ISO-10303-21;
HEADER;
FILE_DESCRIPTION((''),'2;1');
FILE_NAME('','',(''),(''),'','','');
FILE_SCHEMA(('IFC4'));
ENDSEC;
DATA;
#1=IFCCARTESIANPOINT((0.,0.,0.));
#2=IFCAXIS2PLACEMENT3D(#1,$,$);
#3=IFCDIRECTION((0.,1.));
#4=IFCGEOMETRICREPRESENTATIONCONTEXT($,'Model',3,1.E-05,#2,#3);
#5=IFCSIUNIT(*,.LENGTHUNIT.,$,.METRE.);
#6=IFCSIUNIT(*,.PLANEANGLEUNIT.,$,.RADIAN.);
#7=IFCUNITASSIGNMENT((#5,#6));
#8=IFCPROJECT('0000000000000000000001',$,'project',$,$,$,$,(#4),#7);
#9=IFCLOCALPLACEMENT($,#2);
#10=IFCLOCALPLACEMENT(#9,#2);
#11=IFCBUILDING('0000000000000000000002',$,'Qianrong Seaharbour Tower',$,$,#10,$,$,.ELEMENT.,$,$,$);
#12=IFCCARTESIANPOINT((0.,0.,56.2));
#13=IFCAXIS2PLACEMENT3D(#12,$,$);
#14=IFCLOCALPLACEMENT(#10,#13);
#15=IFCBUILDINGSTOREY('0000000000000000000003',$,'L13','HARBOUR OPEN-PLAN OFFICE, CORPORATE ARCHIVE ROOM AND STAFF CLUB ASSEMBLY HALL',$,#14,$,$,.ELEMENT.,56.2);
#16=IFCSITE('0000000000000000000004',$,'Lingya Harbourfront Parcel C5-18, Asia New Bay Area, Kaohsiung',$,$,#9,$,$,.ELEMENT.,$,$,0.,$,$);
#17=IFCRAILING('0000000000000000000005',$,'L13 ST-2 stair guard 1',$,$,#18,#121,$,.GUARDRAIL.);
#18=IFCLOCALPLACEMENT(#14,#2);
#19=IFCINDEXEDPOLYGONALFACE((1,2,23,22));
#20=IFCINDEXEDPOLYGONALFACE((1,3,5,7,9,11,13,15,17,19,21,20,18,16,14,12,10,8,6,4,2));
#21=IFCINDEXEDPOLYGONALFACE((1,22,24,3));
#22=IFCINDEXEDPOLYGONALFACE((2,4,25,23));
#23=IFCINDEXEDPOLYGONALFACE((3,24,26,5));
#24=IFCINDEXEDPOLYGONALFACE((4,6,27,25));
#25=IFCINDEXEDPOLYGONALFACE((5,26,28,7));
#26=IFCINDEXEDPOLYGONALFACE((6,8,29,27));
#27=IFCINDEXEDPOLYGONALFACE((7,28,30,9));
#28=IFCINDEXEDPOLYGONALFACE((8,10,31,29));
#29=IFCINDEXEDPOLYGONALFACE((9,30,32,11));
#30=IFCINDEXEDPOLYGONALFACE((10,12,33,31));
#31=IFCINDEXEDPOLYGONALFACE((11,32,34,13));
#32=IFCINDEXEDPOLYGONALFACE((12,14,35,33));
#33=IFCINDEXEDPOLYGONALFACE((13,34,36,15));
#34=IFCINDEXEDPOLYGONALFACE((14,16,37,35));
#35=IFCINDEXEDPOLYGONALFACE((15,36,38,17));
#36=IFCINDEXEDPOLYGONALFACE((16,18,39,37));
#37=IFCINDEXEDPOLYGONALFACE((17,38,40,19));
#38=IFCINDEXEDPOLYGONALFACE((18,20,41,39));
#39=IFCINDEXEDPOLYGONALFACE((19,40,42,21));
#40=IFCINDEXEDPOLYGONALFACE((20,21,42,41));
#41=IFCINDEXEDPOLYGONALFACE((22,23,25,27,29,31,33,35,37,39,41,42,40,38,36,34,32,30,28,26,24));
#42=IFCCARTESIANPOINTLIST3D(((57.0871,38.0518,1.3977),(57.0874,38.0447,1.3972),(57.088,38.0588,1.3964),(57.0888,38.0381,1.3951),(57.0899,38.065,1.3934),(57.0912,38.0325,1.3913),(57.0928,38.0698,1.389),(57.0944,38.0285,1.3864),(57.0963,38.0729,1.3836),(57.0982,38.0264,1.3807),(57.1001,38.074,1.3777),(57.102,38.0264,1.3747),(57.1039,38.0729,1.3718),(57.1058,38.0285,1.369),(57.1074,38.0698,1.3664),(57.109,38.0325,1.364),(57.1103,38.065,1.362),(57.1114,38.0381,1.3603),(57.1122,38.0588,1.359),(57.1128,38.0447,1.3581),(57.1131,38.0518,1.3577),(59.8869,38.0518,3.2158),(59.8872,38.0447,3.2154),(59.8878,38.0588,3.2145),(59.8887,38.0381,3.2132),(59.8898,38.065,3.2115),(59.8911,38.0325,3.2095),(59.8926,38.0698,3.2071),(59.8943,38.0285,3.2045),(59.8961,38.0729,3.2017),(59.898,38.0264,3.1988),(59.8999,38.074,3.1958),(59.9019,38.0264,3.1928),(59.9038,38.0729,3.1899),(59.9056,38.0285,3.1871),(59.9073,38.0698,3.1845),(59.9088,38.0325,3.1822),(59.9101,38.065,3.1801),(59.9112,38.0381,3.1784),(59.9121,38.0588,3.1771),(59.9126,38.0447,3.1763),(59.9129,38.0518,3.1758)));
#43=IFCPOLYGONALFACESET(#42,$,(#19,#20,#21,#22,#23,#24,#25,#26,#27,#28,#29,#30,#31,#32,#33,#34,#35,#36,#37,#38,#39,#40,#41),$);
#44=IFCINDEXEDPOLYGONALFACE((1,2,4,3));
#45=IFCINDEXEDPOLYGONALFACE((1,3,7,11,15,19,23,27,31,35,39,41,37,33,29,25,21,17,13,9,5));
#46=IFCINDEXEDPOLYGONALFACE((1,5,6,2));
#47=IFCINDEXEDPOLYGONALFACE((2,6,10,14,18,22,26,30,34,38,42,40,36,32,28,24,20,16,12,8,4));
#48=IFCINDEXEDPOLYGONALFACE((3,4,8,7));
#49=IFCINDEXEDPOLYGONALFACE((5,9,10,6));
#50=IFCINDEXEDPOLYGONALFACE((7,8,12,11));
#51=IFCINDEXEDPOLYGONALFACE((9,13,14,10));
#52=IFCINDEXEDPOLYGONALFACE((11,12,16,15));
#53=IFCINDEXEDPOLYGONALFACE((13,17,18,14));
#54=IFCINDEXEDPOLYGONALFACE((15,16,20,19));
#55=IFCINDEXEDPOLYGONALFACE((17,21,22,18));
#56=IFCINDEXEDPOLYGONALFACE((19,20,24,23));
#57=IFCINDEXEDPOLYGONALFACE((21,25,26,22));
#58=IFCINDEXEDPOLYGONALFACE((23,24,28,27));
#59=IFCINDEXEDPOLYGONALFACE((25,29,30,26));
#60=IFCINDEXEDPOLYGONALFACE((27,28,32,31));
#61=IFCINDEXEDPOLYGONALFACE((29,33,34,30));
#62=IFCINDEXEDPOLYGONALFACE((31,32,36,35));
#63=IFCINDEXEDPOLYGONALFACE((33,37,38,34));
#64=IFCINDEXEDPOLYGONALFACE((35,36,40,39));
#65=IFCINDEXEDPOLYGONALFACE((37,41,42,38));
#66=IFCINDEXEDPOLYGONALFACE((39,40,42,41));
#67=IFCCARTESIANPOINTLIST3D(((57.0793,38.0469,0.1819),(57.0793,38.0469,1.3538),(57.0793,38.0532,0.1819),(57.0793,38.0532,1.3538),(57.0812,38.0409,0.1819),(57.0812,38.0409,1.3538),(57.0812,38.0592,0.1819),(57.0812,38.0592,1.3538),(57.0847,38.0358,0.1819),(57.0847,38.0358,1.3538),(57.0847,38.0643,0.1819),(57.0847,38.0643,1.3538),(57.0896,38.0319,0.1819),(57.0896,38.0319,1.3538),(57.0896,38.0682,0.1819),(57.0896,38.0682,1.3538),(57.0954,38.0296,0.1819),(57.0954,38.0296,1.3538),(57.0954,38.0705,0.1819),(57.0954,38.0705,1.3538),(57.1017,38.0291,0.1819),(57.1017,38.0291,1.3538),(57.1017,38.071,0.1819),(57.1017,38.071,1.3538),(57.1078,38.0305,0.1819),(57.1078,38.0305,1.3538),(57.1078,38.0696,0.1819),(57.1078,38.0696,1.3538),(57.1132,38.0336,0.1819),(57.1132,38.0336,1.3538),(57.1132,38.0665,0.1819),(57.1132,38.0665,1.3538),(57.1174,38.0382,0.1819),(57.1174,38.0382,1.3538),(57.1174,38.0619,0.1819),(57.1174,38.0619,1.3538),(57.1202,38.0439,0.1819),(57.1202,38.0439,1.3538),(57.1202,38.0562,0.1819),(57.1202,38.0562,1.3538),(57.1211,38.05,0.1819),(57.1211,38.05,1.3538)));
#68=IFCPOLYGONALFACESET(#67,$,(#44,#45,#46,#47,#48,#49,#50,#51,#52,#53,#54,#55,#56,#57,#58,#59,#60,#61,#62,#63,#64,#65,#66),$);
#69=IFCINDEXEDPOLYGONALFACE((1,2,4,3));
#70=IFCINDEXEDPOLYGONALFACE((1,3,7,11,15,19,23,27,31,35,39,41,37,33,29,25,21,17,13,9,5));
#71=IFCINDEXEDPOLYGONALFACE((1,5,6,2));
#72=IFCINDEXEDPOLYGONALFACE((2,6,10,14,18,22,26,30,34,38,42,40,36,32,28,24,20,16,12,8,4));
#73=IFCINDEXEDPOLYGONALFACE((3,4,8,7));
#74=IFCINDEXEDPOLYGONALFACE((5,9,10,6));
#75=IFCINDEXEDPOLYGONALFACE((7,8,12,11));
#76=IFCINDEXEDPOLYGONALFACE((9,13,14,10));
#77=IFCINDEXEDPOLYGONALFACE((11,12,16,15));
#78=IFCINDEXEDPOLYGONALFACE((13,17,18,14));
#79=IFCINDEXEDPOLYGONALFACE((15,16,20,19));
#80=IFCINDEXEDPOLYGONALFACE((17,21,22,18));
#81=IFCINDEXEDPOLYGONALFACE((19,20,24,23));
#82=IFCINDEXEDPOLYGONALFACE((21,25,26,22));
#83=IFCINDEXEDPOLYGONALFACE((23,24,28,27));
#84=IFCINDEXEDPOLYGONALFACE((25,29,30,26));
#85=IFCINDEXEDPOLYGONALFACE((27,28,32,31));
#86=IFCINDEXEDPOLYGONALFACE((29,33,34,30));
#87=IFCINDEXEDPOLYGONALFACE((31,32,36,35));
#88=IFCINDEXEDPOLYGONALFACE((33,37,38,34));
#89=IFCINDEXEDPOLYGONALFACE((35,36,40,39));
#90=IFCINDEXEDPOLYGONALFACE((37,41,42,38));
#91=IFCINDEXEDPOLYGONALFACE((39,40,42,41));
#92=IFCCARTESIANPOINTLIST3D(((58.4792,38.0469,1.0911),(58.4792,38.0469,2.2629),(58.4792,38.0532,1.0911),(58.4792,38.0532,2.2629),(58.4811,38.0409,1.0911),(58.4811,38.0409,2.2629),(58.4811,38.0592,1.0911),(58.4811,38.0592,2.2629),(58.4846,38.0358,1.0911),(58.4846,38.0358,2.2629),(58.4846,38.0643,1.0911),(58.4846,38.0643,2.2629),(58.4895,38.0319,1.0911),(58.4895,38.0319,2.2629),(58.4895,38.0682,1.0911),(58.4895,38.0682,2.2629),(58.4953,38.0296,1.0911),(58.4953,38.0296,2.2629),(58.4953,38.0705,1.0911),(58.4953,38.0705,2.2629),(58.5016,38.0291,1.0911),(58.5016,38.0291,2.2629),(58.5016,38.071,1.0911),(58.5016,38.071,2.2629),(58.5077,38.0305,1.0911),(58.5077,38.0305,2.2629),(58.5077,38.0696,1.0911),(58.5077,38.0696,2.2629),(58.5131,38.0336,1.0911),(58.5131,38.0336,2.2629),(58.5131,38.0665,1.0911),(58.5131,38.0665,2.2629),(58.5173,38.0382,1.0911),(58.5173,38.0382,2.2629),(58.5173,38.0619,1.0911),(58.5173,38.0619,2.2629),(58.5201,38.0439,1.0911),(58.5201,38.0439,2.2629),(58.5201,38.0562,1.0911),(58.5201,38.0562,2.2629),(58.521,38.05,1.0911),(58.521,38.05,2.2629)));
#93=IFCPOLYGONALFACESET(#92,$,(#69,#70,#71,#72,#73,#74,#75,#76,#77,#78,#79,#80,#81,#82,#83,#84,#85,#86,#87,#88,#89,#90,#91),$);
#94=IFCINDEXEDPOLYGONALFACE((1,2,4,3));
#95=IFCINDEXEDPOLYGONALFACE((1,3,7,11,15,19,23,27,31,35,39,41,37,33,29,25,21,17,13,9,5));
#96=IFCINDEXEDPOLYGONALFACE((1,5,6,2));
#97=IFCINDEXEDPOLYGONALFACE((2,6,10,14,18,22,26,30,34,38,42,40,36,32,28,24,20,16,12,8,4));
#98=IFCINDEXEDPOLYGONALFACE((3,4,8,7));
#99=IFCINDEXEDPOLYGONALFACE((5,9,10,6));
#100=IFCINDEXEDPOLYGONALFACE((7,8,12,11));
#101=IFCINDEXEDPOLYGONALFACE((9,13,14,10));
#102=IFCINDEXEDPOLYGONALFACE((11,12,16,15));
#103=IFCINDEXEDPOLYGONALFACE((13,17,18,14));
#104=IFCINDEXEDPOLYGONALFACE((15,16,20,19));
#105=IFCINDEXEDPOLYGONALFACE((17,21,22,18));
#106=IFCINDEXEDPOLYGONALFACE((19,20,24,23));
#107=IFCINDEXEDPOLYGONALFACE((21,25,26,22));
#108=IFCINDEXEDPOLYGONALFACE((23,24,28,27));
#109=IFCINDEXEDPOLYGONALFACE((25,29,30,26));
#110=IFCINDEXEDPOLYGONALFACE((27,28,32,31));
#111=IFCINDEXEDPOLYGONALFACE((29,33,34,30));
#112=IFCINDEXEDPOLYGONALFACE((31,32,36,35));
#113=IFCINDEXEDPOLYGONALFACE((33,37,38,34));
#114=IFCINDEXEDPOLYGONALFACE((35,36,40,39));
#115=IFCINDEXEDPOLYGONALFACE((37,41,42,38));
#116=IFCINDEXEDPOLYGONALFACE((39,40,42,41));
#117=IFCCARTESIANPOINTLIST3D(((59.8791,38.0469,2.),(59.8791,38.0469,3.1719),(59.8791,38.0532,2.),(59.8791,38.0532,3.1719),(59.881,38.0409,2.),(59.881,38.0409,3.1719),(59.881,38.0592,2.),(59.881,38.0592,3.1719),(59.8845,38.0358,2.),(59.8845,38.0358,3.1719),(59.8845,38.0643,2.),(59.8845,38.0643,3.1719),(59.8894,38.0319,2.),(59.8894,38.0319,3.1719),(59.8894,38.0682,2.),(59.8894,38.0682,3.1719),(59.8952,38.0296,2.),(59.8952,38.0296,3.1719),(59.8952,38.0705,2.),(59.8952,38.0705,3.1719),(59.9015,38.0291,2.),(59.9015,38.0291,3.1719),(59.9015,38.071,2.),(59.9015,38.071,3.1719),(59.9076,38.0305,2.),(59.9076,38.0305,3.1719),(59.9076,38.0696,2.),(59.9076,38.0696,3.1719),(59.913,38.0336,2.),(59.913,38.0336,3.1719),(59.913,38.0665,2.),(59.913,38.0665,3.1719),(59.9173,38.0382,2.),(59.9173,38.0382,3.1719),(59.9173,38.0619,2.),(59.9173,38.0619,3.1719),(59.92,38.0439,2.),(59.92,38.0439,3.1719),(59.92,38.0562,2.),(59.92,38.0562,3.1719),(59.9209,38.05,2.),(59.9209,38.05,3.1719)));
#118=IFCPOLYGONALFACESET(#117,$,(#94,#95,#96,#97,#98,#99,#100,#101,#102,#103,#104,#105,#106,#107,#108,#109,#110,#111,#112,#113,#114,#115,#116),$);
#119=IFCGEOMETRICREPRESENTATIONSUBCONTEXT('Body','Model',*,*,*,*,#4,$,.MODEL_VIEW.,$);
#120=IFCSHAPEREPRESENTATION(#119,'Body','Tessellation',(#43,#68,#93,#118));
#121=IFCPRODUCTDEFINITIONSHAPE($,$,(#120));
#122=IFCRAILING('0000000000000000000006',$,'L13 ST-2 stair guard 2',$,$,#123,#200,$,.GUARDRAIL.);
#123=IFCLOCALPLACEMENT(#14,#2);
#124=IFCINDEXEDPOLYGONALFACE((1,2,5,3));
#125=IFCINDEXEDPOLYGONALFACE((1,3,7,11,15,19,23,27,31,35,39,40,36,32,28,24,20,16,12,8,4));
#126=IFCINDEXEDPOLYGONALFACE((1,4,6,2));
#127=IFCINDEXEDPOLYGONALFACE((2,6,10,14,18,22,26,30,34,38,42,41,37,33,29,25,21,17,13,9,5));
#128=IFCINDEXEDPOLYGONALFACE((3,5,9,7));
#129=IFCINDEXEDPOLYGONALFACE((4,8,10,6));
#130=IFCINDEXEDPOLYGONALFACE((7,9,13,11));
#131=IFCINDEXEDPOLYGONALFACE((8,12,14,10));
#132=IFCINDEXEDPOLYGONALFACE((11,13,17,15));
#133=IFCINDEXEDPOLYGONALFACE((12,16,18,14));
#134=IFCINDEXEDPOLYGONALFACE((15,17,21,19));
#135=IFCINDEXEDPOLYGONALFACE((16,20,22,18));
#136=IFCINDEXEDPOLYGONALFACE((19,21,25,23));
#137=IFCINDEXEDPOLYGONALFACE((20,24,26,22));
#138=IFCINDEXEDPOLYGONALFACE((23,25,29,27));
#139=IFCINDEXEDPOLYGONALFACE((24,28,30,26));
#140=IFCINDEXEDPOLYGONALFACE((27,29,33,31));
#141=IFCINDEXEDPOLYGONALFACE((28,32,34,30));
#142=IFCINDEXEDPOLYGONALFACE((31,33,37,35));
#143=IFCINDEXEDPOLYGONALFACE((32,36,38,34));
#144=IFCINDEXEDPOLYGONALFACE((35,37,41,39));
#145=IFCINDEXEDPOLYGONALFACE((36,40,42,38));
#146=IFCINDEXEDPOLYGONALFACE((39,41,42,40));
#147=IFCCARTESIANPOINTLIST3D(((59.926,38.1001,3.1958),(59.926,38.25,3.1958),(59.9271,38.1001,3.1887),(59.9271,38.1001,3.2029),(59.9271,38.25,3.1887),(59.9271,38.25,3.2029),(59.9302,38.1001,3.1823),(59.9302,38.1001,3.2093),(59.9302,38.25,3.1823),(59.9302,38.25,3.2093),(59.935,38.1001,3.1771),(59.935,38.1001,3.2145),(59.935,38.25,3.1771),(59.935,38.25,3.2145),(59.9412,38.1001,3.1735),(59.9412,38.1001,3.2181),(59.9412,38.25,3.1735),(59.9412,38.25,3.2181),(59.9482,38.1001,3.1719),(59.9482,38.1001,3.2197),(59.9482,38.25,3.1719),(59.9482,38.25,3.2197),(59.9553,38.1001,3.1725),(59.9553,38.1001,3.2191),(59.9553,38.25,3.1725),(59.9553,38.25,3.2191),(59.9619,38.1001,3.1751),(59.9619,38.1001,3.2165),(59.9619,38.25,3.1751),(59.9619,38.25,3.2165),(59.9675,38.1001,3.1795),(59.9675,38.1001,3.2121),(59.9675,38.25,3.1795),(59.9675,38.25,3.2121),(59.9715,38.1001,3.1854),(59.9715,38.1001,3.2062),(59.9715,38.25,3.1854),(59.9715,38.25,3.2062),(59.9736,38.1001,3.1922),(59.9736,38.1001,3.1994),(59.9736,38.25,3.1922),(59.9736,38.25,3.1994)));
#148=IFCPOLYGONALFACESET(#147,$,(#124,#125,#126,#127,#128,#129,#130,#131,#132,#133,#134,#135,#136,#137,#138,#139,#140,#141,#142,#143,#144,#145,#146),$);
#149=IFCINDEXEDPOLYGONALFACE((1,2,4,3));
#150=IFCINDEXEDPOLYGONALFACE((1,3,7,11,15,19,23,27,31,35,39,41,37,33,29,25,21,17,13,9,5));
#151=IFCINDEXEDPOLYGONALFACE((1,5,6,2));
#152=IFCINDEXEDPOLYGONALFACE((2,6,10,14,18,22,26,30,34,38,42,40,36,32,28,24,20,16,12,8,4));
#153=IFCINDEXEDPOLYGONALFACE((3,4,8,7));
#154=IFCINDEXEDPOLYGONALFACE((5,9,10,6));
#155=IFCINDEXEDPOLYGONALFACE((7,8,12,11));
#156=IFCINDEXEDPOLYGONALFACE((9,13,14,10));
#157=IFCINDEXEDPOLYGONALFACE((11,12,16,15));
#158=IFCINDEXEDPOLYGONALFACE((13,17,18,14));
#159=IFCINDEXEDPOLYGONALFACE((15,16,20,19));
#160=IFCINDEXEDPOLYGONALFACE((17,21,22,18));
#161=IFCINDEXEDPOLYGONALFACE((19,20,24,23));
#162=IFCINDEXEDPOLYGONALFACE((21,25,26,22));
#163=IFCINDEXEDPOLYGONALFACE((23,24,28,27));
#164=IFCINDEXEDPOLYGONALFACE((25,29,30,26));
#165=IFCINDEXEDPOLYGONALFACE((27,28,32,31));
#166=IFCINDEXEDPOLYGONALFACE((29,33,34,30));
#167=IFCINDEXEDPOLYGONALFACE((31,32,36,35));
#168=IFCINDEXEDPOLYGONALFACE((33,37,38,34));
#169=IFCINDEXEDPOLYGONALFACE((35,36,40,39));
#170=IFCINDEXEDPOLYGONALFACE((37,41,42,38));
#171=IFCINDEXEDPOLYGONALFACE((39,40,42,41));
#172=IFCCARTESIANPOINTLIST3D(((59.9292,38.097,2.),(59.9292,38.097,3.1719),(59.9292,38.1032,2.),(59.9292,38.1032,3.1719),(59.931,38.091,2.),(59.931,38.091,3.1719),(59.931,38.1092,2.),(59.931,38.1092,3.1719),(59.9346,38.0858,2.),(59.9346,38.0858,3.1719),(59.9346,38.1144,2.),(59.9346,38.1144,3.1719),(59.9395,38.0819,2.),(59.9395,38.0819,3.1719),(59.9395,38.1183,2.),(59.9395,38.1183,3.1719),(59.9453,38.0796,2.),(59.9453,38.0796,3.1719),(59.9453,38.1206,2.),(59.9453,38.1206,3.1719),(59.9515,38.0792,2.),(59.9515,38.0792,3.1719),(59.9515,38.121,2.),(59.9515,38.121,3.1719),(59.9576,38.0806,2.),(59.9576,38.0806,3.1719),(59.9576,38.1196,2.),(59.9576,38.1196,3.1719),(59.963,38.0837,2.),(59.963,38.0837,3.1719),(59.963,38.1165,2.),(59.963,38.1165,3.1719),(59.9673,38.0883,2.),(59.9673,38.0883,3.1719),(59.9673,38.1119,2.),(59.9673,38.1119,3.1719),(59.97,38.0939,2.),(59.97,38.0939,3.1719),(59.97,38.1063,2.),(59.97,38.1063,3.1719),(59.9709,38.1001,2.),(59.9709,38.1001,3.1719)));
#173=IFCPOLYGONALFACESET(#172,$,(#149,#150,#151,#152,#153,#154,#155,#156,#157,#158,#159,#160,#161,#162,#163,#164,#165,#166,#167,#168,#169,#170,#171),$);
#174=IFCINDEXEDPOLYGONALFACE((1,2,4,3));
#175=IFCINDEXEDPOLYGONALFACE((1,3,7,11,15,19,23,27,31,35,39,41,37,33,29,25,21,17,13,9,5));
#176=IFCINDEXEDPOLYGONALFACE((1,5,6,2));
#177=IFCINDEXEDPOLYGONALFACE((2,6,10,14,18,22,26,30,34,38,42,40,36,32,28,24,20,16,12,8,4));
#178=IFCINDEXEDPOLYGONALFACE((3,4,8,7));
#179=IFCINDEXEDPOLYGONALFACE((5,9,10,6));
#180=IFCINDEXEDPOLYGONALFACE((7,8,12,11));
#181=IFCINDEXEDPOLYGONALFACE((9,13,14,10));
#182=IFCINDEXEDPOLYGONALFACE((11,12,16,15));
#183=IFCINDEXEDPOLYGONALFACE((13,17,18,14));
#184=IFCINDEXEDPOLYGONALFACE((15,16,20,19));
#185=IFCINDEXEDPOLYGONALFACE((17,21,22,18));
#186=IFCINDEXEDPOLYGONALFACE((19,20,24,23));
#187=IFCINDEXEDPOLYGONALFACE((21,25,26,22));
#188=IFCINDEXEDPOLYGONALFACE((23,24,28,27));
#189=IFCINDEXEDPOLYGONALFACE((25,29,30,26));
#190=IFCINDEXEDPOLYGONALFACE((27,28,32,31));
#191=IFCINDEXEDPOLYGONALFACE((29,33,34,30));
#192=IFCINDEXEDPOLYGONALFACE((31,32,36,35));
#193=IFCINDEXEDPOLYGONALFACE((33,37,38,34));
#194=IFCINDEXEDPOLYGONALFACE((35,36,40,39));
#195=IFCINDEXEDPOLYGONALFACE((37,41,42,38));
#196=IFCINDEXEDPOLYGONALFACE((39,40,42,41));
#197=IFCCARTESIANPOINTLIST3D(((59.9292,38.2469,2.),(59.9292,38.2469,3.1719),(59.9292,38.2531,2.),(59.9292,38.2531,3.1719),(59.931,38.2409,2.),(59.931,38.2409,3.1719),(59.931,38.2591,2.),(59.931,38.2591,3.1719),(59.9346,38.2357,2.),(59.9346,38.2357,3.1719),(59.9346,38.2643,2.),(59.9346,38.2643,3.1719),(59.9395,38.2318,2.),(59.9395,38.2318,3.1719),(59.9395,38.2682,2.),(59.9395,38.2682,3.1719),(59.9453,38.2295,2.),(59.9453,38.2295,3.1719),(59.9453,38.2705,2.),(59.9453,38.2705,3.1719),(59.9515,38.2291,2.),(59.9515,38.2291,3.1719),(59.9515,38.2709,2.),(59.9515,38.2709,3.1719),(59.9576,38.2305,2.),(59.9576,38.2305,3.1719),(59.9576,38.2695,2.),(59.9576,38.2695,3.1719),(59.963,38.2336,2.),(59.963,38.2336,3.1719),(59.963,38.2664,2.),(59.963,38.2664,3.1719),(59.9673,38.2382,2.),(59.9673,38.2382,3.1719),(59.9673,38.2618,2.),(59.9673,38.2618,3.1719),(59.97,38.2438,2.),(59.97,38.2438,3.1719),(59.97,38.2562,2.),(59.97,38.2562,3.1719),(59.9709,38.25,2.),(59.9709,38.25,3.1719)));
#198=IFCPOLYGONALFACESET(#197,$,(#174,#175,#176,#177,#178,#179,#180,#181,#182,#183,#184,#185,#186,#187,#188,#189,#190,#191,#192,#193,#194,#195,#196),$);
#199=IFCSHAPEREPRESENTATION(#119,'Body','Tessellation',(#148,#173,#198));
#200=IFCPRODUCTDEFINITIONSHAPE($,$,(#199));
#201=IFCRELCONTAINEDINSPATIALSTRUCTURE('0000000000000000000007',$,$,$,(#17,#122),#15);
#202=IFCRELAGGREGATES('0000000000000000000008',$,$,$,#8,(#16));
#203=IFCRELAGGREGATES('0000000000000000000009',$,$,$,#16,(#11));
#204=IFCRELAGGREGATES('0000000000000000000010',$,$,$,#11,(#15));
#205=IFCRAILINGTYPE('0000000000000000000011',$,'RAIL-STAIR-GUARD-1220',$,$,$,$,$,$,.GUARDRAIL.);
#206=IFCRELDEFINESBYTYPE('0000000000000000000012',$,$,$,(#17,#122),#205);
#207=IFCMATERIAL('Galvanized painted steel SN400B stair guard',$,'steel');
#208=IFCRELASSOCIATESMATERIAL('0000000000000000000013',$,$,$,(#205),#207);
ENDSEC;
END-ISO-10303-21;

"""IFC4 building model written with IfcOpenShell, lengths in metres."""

from ifc_helpers import new_model, si_unit, direction, frame, origin, origin_2d, place, context, subcontext, project, spatial, circle, extrude, material, type_object, element, save


model = new_model("IFC4")

# Units and contexts
model_context = context("Model", 3, precision=1e-05, world=origin(), true_north=direction((0.0, 1.0)))
body_context = subcontext(model_context, "Body", "Model", "MODEL_VIEW")
ifc_project = project(units=[si_unit("LENGTHUNIT", "METRE"), si_unit("PLANEANGLEUNIT", "RADIAN")], contexts=[model_context])

# Site, building, storey
site_placement = place(None, origin())
site = spatial("IfcSite", under=ifc_project, at=site_placement, Name="Lingya Harbourfront Parcel C5-18, Asia New Bay Area, Kaohsiung", CompositionType="ELEMENT", RefElevation=0.0)
building_placement = place(site_placement, origin())
building = spatial("IfcBuilding", under=site, at=building_placement, Name="Qianrong Seaharbour Tower", CompositionType="ELEMENT")
storey_placement = place(building_placement, frame((0.0, 0.0, 56.2)))
storey = spatial("IfcBuildingStorey", under=building, at=storey_placement, Name="L13", Description="HARBOUR OPEN-PLAN OFFICE, CORPORATE ARCHIVE ROOM AND STAFF CLUB ASSEMBLY HALL", CompositionType="ELEMENT", Elevation=56.2)

# Railings
ifc_material_1 = material(Name="Galvanized painted steel SN400B stair guard", Category="steel")
railing_type_1 = type_object("IfcRailingType", Name="RAIL-STAIR-GUARD-1220", PredefinedType="GUARDRAIL", material=ifc_material_1)
railing_1_placement = place(storey_placement, frame((57.1001, 38.05, 0.1819)))
element("IfcRailing", 1, at=railing_1_placement, inside=storey, type_object=railing_type_1, Name="L13 ST-2 stair guard 1", PredefinedType="GUARDRAIL", context=body_context, shape_type="SweptSolid", body=[
    extrude(circle(Radius=0.0239, at=origin_2d()), frame((0.0, 0.0, 1.1958), z_axis=(0.838684, 0.0, 0.544618), x_axis=(0.0, 1.0, 0.0)), (0.0, 0.0, 1.0), 3.3384),
    extrude(circle(Radius=0.021, at=origin_2d()), origin(), (0.0, 0.0, 1.0), 1.1719),
    extrude(circle(Radius=0.021, at=origin_2d()), frame((1.3999, 0.0, 0.9092)), (0.0, 0.0, 1.0), 1.1719),
    extrude(circle(Radius=0.021, at=origin_2d()), frame((2.7998, 0.0, 1.8181)), (0.0, 0.0, 1.0), 1.1719),
])
railing_2_placement = place(storey_placement, frame((59.95, 38.1001, 2.0)))
element("IfcRailing", 2, at=railing_2_placement, inside=storey, type_object=railing_type_1, Name="L13 ST-2 stair guard 2", PredefinedType="GUARDRAIL", context=body_context, shape_type="SweptSolid", body=[
    extrude(circle(Radius=0.0239, at=origin_2d()), frame((0.0, 0.0, 1.1958), z_axis=(0.0, 1.0, 0.0), x_axis=(-1.0, 0.0, 0.0)), (0.0, 0.0, 1.0), 0.1499),
    extrude(circle(Radius=0.021, at=origin_2d()), origin(), (0.0, 0.0, 1.0), 1.1719),
    extrude(circle(Radius=0.021, at=origin_2d()), frame((0.0, 0.1499, 0.0)), (0.0, 0.0, 1.0), 1.1719),
])

save(model, "model.ifc")
